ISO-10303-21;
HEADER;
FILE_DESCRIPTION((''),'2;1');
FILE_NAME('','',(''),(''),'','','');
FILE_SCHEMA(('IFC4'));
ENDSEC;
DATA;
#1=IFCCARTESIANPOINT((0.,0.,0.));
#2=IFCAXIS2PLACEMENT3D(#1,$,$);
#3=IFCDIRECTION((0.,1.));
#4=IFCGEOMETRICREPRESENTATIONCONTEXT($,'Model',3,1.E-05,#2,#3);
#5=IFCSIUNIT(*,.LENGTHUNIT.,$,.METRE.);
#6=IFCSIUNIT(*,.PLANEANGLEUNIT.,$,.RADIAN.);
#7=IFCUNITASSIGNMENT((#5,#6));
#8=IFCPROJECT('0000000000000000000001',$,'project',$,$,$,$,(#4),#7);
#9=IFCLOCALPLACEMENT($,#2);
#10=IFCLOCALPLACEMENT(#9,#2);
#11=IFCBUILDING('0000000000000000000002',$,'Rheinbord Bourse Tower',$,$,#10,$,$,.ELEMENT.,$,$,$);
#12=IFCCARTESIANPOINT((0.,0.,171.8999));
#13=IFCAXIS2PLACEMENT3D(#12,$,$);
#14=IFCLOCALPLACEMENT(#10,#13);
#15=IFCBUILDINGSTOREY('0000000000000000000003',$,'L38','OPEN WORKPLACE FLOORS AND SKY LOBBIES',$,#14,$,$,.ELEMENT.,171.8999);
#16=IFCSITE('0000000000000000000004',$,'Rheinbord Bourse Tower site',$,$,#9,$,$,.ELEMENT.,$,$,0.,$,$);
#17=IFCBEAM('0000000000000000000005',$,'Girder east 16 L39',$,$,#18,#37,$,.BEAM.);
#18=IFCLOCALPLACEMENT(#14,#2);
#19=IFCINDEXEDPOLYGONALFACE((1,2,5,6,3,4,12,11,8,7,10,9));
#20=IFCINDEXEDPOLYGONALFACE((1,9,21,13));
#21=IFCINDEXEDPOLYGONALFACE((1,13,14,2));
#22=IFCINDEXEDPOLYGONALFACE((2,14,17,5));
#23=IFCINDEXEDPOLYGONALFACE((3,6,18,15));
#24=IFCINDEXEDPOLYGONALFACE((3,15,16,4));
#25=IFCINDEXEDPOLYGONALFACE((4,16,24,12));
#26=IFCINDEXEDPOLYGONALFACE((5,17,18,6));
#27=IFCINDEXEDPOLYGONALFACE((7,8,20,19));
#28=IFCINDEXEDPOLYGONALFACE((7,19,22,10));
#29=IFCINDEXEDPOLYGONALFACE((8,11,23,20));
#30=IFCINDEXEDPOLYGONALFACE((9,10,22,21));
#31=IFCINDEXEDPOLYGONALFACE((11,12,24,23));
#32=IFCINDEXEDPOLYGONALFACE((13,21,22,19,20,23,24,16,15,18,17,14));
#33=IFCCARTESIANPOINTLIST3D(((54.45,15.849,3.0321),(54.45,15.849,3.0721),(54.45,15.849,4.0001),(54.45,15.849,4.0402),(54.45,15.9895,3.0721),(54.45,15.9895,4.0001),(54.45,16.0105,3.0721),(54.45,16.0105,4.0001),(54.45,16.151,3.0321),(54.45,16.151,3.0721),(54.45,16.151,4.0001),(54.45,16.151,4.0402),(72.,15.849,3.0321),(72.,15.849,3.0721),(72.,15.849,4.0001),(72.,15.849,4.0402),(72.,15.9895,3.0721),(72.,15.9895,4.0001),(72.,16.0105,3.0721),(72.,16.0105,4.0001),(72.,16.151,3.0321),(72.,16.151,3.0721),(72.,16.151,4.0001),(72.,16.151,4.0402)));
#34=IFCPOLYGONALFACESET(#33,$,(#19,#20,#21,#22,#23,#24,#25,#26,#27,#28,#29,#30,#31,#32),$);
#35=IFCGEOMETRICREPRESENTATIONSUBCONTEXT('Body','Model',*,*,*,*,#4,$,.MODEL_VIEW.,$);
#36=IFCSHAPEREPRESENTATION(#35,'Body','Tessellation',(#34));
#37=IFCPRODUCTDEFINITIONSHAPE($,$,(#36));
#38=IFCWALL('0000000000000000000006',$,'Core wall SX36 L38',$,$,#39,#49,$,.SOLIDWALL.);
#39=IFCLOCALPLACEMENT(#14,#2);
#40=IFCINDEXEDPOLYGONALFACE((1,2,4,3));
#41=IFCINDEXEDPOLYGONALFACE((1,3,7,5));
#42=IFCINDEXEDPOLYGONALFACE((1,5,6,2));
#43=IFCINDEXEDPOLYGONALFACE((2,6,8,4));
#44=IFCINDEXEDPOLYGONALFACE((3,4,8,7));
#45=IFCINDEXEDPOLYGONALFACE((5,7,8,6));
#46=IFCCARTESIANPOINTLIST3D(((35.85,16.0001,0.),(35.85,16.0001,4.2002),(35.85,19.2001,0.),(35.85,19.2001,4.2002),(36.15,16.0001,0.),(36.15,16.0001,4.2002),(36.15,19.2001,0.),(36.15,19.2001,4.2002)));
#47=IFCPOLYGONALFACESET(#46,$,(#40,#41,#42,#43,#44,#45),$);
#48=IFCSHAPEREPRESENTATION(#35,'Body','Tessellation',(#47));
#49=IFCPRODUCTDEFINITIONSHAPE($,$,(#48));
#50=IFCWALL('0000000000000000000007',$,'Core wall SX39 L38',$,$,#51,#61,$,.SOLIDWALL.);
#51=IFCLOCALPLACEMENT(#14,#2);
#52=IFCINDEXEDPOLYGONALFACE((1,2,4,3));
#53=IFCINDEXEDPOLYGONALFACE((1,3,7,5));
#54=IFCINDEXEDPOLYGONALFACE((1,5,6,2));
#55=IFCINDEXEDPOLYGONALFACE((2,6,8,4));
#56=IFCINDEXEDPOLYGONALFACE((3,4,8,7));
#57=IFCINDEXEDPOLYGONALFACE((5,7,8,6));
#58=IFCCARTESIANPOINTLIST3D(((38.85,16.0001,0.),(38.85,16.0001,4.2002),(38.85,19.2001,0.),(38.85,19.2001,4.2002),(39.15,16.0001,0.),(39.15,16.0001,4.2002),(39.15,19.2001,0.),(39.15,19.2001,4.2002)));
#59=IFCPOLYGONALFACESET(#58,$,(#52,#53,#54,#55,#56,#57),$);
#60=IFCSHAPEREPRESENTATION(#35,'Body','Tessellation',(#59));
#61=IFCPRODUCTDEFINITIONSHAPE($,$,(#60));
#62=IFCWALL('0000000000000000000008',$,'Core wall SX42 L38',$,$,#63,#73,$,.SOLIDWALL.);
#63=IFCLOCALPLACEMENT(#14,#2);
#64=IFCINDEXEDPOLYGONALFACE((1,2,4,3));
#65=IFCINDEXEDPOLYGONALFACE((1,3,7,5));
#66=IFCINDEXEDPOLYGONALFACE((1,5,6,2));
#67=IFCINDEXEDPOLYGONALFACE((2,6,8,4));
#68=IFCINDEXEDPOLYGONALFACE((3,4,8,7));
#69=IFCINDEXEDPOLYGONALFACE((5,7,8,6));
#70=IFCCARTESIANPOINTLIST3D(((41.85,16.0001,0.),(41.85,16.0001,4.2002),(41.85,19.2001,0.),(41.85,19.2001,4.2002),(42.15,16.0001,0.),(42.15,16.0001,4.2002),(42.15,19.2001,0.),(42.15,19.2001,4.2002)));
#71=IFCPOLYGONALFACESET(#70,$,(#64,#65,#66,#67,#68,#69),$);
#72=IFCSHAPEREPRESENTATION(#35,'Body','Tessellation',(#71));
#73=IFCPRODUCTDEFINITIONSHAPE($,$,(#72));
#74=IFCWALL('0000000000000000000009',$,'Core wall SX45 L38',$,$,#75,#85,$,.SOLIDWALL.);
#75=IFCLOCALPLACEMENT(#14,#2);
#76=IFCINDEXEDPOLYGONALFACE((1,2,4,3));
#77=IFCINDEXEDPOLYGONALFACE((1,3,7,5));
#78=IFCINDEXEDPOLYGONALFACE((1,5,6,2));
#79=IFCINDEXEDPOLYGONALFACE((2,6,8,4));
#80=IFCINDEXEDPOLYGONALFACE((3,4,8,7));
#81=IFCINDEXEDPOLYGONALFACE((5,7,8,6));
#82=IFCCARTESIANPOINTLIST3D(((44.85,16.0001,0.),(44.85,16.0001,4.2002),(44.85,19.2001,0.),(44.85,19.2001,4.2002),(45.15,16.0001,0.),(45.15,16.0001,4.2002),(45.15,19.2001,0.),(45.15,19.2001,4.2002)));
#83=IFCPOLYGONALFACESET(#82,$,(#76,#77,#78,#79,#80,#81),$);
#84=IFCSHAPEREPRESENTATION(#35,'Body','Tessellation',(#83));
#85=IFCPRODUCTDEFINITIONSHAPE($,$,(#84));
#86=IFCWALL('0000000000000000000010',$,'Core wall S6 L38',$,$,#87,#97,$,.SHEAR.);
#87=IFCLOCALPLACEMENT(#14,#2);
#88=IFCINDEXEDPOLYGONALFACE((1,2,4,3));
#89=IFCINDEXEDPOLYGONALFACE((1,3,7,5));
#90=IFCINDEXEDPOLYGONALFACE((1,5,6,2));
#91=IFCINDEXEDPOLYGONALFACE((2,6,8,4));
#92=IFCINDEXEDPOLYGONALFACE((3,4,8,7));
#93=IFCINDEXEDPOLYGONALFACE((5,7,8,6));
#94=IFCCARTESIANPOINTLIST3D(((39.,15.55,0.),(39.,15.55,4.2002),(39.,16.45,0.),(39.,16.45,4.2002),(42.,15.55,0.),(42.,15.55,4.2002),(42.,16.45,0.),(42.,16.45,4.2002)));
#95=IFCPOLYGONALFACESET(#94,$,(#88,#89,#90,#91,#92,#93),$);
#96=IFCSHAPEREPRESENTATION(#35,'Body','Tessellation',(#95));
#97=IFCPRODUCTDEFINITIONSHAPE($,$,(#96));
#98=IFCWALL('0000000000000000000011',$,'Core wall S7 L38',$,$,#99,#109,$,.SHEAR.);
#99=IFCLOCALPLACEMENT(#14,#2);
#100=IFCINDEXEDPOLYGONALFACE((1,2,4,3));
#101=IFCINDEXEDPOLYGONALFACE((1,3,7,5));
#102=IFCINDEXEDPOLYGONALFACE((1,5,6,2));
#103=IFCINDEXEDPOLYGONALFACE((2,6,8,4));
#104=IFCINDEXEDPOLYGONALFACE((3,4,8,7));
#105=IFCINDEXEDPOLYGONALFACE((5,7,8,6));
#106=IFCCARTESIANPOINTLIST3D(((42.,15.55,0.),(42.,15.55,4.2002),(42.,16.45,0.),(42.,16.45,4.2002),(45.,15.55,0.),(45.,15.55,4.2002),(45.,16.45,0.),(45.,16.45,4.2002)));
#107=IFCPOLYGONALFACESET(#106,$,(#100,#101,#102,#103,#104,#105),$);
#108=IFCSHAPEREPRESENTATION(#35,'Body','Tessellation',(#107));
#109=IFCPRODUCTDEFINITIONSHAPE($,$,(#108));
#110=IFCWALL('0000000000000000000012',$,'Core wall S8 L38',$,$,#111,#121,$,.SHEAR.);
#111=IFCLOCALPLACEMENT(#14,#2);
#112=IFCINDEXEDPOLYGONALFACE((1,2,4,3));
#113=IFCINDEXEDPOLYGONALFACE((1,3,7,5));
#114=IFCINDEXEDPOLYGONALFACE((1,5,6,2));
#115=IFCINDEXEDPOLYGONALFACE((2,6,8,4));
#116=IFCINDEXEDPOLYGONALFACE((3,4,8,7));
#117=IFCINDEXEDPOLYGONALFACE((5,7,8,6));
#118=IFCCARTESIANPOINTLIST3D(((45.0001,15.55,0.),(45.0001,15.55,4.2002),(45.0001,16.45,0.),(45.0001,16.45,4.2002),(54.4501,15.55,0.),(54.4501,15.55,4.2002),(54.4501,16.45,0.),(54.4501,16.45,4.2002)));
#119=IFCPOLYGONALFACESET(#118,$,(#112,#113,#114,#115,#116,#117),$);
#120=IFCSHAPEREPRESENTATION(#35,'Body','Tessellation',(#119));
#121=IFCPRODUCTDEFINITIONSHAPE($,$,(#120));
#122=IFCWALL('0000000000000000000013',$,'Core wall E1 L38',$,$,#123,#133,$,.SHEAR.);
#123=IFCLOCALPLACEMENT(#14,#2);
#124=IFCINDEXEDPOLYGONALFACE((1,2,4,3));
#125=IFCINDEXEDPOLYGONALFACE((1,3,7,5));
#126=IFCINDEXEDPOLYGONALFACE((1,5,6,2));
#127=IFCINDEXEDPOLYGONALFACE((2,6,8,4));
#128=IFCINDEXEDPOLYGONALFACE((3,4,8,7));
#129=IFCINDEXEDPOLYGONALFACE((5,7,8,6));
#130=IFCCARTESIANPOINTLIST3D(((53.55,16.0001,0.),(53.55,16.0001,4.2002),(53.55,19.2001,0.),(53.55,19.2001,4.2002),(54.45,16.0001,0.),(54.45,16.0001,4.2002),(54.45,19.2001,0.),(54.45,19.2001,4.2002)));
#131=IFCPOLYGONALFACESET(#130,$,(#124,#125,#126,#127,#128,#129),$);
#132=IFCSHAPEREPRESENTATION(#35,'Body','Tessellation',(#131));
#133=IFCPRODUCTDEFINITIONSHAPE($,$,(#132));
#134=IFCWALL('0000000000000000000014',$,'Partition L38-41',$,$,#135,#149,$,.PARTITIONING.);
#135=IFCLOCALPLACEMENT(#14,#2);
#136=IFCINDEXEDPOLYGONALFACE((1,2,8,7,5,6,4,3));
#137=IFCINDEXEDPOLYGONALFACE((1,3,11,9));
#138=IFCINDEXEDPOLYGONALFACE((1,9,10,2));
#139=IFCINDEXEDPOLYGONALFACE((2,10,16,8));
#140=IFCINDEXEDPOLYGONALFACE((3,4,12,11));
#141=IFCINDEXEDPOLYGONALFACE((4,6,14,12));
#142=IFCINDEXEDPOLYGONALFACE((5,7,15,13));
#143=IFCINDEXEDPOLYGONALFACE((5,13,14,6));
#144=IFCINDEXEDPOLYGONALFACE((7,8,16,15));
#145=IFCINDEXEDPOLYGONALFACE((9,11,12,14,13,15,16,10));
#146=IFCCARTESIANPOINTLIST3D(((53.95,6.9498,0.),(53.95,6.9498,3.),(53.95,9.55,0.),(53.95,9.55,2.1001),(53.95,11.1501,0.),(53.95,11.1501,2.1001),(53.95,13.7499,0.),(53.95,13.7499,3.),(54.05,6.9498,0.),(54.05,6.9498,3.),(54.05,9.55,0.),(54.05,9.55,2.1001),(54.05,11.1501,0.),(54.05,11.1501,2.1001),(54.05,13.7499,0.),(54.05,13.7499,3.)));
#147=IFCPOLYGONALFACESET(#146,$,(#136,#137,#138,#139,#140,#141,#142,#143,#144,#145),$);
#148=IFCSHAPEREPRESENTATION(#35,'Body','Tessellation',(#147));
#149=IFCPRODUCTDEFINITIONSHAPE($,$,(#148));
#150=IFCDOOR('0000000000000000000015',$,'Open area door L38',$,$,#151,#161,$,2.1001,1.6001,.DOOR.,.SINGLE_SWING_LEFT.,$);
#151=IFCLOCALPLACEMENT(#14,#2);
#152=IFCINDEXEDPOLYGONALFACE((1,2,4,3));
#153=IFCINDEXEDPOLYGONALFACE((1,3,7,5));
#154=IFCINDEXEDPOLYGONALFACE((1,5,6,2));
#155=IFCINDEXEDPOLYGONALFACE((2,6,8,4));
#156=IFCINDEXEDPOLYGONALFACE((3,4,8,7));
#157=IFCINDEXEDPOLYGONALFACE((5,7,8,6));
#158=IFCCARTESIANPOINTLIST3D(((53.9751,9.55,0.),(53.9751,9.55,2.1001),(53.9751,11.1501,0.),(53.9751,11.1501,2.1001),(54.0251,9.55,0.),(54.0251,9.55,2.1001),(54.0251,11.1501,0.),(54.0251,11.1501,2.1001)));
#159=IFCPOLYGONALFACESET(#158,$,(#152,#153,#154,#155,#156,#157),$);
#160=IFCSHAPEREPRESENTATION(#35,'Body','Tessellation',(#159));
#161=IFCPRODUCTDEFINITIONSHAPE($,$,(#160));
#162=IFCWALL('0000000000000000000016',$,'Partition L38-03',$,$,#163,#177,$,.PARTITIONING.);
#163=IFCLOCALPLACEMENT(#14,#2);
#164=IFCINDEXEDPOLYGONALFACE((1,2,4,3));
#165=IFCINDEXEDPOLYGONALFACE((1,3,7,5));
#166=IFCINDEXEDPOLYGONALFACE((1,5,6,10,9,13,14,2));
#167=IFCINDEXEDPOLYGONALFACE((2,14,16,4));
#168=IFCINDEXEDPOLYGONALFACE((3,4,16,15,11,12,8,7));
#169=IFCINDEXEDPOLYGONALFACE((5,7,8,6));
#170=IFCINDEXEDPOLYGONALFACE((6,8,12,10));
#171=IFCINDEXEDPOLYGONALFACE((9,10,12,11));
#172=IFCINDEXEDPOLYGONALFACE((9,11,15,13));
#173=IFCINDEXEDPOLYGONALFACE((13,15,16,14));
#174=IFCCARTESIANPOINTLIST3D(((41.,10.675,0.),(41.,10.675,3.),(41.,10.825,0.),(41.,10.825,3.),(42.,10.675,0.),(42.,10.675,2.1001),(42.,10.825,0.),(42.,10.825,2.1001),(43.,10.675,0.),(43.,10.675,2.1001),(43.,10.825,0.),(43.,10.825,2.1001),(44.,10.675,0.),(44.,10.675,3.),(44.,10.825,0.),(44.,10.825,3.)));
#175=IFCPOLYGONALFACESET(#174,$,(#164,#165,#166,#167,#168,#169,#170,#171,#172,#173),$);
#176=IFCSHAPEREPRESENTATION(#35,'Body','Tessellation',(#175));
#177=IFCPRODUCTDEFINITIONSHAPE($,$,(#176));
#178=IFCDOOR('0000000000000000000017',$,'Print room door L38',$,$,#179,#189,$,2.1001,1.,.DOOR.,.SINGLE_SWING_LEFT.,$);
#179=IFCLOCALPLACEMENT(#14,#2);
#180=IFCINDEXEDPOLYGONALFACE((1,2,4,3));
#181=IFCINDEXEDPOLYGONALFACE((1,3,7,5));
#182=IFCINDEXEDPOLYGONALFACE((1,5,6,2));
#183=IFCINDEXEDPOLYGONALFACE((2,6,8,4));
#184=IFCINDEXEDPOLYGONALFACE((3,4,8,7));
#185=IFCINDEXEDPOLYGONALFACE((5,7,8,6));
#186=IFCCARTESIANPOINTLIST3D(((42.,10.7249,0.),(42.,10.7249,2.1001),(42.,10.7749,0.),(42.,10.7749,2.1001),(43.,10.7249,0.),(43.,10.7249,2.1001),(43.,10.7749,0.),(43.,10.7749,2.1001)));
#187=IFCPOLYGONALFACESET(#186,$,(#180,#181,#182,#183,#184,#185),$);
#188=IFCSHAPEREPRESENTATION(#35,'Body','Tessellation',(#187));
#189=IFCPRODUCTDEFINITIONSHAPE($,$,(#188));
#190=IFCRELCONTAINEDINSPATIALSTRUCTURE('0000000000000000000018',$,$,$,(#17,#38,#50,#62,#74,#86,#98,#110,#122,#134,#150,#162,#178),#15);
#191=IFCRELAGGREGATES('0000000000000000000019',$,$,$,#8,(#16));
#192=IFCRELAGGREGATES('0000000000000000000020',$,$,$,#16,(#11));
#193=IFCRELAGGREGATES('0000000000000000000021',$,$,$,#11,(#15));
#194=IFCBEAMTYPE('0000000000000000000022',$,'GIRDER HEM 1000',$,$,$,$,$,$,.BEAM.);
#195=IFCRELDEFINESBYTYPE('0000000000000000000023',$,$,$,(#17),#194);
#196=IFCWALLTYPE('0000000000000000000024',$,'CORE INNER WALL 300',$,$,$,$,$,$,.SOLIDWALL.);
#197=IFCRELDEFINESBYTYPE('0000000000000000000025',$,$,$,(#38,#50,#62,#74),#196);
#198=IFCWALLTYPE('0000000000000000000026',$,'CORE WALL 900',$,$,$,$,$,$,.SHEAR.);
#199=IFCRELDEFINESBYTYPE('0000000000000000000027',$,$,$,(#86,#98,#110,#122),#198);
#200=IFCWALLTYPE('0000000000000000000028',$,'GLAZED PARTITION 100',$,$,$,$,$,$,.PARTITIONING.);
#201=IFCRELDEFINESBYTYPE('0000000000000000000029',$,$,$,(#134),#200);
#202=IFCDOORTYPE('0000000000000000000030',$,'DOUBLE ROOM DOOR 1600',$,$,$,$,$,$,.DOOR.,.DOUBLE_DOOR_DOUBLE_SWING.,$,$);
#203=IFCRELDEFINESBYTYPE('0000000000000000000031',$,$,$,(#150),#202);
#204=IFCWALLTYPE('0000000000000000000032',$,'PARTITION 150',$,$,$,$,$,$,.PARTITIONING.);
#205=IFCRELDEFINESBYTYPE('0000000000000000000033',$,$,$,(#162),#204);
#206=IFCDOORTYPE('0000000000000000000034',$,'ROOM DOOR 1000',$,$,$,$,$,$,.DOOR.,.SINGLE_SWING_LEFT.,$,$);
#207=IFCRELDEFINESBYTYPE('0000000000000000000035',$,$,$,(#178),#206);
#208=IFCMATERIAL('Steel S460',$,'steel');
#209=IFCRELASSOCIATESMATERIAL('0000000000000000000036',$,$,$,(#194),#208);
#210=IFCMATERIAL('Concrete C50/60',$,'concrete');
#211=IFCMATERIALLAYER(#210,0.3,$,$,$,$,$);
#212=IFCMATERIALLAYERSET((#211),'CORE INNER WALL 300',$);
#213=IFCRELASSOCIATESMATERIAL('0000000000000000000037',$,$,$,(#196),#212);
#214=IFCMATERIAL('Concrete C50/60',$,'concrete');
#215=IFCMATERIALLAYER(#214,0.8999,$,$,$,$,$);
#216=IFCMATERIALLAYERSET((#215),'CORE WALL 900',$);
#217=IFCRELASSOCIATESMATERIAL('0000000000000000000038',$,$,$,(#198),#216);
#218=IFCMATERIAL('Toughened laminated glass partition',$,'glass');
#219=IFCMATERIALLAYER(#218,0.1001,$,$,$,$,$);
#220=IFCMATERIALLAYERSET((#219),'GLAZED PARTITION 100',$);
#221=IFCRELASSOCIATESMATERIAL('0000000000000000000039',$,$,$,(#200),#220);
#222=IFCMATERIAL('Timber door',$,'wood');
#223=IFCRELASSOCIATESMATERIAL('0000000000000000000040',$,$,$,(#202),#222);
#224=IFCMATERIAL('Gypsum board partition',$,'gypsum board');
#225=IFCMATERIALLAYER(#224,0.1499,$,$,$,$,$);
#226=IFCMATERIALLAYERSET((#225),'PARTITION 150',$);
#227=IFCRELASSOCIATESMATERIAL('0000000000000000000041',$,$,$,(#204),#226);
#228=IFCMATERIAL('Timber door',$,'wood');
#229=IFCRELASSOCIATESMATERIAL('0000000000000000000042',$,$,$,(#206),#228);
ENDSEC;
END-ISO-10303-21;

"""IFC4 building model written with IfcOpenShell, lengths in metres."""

from ifc_helpers import new_model, si_unit, direction, frame, frame_2d, origin, origin_2d, place, context, subcontext, project, spatial, rectangle, i_section, extrude, material, layer, layer_set, material_profile, profile_set, type_object, element, fill, save


model = new_model("IFC4")

# Units and contexts
model_context = context("Model", 3, precision=1e-05, world=origin(), true_north=direction((0.0, 1.0)))
body_context = subcontext(model_context, "Body", "Model", "MODEL_VIEW")
ifc_project = project(units=[si_unit("LENGTHUNIT", "METRE"), si_unit("PLANEANGLEUNIT", "RADIAN")], contexts=[model_context])

# Site, building, storey
site_placement = place(None, origin())
site = spatial("IfcSite", under=ifc_project, at=site_placement, Name="Rheinbord Bourse Tower site", CompositionType="ELEMENT", RefElevation=0.0)
building_placement = place(site_placement, origin())
building = spatial("IfcBuilding", under=site, at=building_placement, Name="Rheinbord Bourse Tower", CompositionType="ELEMENT")
storey_placement = place(building_placement, frame((0.0, 0.0, 171.8999)))
storey = spatial("IfcBuildingStorey", under=building, at=storey_placement, Name="L38", Description="OPEN WORKPLACE FLOORS AND SKY LOBBIES", CompositionType="ELEMENT", Elevation=171.8999)

# Beam
ifc_material_1 = material(Name="Steel S460", Category="steel")
ifc_material_profile = material_profile(ifc_material_1, i_section(OverallWidth=0.302, OverallDepth=1.0081, WebThickness=0.021, FlangeThickness=0.04, at=origin_2d()), Name="HEM 1000")
ifc_profile_set = profile_set([ifc_material_profile], Name="Steel S460")
beam_type = type_object("IfcBeamType", Name="GIRDER HEM 1000", PredefinedType="BEAM", material=ifc_profile_set)
beam_placement = place(storey_placement, frame((54.45, 16.0, 3.5361), z_axis=(1.0, 0.0, 0.0), x_axis=(0.0, 1.0, 0.0)))
element("IfcBeam", 1, at=beam_placement, inside=storey, type_object=beam_type, Name="Girder east 16 L39", PredefinedType="BEAM", context=body_context, shape_type="SweptSolid", body=[
    extrude(i_section(OverallWidth=0.302, OverallDepth=1.0081, WebThickness=0.021, FlangeThickness=0.04, at=origin_2d()), origin(), (0.0, 0.0, 1.0), 17.55),
])

# Walls
ifc_material_2 = material(Name="Concrete C50/60", Category="concrete")
ifc_layer_1 = layer(ifc_material_2, 0.3)
ifc_layer_set_1 = layer_set([ifc_layer_1], Name="CORE INNER WALL 300")
wall_type_1 = type_object("IfcWallType", Name="CORE INNER WALL 300", PredefinedType="SOLIDWALL", material=ifc_layer_set_1)
for number, where, z_axis, x_axis, name in (
    (2, (36.0, 16.0, 0.0), (0.0, 0.0, 1.0), (0.0, 1.0, 0.0), "Core wall SX36 L38"),
    (3, (39.0, 16.0, 0.0), (0.0, 0.0, 1.0), (0.0, 1.0, 0.0), "Core wall SX39 L38"),
    (4, (42.0, 16.0, 0.0), (0.0, 0.0, 1.0), (0.0, 1.0, 0.0), "Core wall SX42 L38"),
    (5, (45.0, 16.0, 0.0), (0.0, 0.0, 1.0), (0.0, 1.0, 0.0), "Core wall SX45 L38"),
):
    element("IfcWall", number, at=place(storey_placement, frame(where, z_axis=z_axis, x_axis=x_axis)), inside=storey, type_object=wall_type_1, Name=name, PredefinedType="SOLIDWALL", context=body_context, shape_type="SweptSolid", body=[
        extrude(rectangle(XDim=3.2, YDim=0.3, at=frame_2d((1.6001, 0.0))), origin(), (0.0, 0.0, 1.0), 4.2002),
    ])
ifc_material_3 = material(Name="Concrete C50/60", Category="concrete")
ifc_layer_2 = layer(ifc_material_3, 0.8999)
ifc_layer_set_2 = layer_set([ifc_layer_2], Name="CORE WALL 900")
wall_type_2 = type_object("IfcWallType", Name="CORE WALL 900", PredefinedType="SHEAR", material=ifc_layer_set_2)
for number, where, z_axis, x_axis, name in (
    (6, (39.0, 16.0, 0.0), (0.0, 0.0, 1.0), (1.0, 0.0, 0.0), "Core wall S6 L38"),
    (7, (42.0, 16.0, 0.0), (0.0, 0.0, 1.0), (1.0, 0.0, 0.0), "Core wall S7 L38"),
):
    element("IfcWall", number, at=place(storey_placement, frame(where, z_axis=z_axis, x_axis=x_axis)), inside=storey, type_object=wall_type_2, Name=name, PredefinedType="SHEAR", context=body_context, shape_type="SweptSolid", body=[
        extrude(rectangle(XDim=3.0, YDim=0.8999, at=frame_2d((1.5, 0.0))), origin(), (0.0, 0.0, 1.0), 4.2002),
    ])
wall_1_placement = place(storey_placement, frame((45.0, 16.0, 0.0), z_axis=(0.0, 0.0, 1.0), x_axis=(1.0, 0.0, 0.0)))
element("IfcWall", 8, at=wall_1_placement, inside=storey, type_object=wall_type_2, Name="Core wall S8 L38", PredefinedType="SHEAR", context=body_context, shape_type="SweptSolid", body=[
    extrude(rectangle(XDim=9.45, YDim=0.8999, at=frame_2d((4.7251, 0.0))), origin(), (0.0, 0.0, 1.0), 4.2002),
])
wall_2_placement = place(storey_placement, frame((54.0, 16.0, 0.0), z_axis=(0.0, 0.0, 1.0), x_axis=(0.0, 1.0, 0.0)))
element("IfcWall", 9, at=wall_2_placement, inside=storey, type_object=wall_type_2, Name="Core wall E1 L38", PredefinedType="SHEAR", context=body_context, shape_type="SweptSolid", body=[
    extrude(rectangle(XDim=3.2, YDim=0.8999, at=frame_2d((1.6001, 0.0))), origin(), (0.0, 0.0, 1.0), 4.2002),
])

# Walls, openings, doors
ifc_material_4 = material(Name="Toughened laminated glass partition", Category="glass")
ifc_layer_3 = layer(ifc_material_4, 0.1001)
ifc_layer_set_3 = layer_set([ifc_layer_3], Name="GLAZED PARTITION 100")
wall_type_3 = type_object("IfcWallType", Name="GLAZED PARTITION 100", PredefinedType="PARTITIONING", material=ifc_layer_set_3)
wall_3_placement = place(storey_placement, frame((54.0, 6.95, 0.0), z_axis=(0.0, 0.0, 1.0), x_axis=(0.0, 1.0, 0.0)))
wall_3 = element("IfcWall", 10, at=wall_3_placement, inside=storey, type_object=wall_type_3, Name="Partition L38-41", PredefinedType="PARTITIONING", context=body_context, shape_type="SweptSolid", body=[
    extrude(rectangle(XDim=6.8, YDim=0.1001, at=frame_2d((3.3999, 0.0))), origin(), (0.0, 0.0, 1.0), 3.0),
])
opening_1_placement = place(wall_3_placement, frame((2.6001, 0.0, 0.0)))
opening_1 = element("IfcOpeningElement", 11, at=opening_1_placement, cuts=wall_3, PredefinedType="OPENING", context=body_context, shape_type="SweptSolid", body=[
    extrude(rectangle(XDim=1.6001, YDim=2.1001, at=frame_2d((0.8, 1.05))), frame((0.0, 0.0601, 0.0), z_axis=(0.0, -1.0, 0.0), x_axis=(1.0, 0.0, 0.0)), (0.0, 0.0, 1.0), 0.1201),
])
ifc_material_5 = material(Name="Timber door", Category="wood")
door_type_1 = type_object("IfcDoorType", Name="DOUBLE ROOM DOOR 1600", OperationType="DOUBLE_DOOR_DOUBLE_SWING", PredefinedType="DOOR", material=ifc_material_5)
door_1_placement = place(opening_1_placement, origin())
door_1 = element("IfcDoor", 12, at=door_1_placement, inside=storey, type_object=door_type_1, Name="Open area door L38", OperationType="SINGLE_SWING_LEFT", OverallHeight=2.1001, OverallWidth=1.6001, PredefinedType="DOOR", context=body_context, shape_type="SweptSolid", body=[
    extrude(rectangle(XDim=1.6001, YDim=2.1001, at=frame_2d((0.8, 1.05))), frame((0.0, 0.0249, 0.0), z_axis=(0.0, -1.0, 0.0), x_axis=(1.0, 0.0, 0.0)), (0.0, 0.0, 1.0), 0.05),
])
fill(opening_1, door_1)
ifc_material_6 = material(Name="Gypsum board partition", Category="gypsum board")
ifc_layer_4 = layer(ifc_material_6, 0.1499)
ifc_layer_set_4 = layer_set([ifc_layer_4], Name="PARTITION 150")
wall_type_4 = type_object("IfcWallType", Name="PARTITION 150", PredefinedType="PARTITIONING", material=ifc_layer_set_4)
wall_4_placement = place(storey_placement, frame((41.0, 10.75, 0.0), z_axis=(0.0, 0.0, 1.0), x_axis=(1.0, 0.0, 0.0)))
wall_4 = element("IfcWall", 13, at=wall_4_placement, inside=storey, type_object=wall_type_4, Name="Partition L38-03", PredefinedType="PARTITIONING", context=body_context, shape_type="SweptSolid", body=[
    extrude(rectangle(XDim=3.0, YDim=0.1499, at=frame_2d((1.5, 0.0))), origin(), (0.0, 0.0, 1.0), 3.0),
])
opening_2_placement = place(wall_4_placement, frame((1.0, 0.0, 0.0)))
opening_2 = element("IfcOpeningElement", 14, at=opening_2_placement, cuts=wall_4, PredefinedType="OPENING", context=body_context, shape_type="SweptSolid", body=[
    extrude(rectangle(XDim=1.0, YDim=2.1001, at=frame_2d((0.5, 1.05))), frame((0.0, 0.085, 0.0), z_axis=(0.0, -1.0, 0.0), x_axis=(1.0, 0.0, 0.0)), (0.0, 0.0, 1.0), 0.1699),
])
ifc_material_7 = material(Name="Timber door", Category="wood")
door_type_2 = type_object("IfcDoorType", Name="ROOM DOOR 1000", OperationType="SINGLE_SWING_LEFT", PredefinedType="DOOR", material=ifc_material_7)
door_2_placement = place(opening_2_placement, origin())
door_2 = element("IfcDoor", 15, at=door_2_placement, inside=storey, type_object=door_type_2, Name="Print room door L38", OperationType="SINGLE_SWING_LEFT", OverallHeight=2.1001, OverallWidth=1.0, PredefinedType="DOOR", context=body_context, shape_type="SweptSolid", body=[
    extrude(rectangle(XDim=1.0, YDim=2.1001, at=frame_2d((0.5, 1.05))), frame((0.0, 0.0249, 0.0), z_axis=(0.0, -1.0, 0.0), x_axis=(1.0, 0.0, 0.0)), (0.0, 0.0, 1.0), 0.05),
])
fill(opening_2, door_2)

save(model, "model.ifc")
